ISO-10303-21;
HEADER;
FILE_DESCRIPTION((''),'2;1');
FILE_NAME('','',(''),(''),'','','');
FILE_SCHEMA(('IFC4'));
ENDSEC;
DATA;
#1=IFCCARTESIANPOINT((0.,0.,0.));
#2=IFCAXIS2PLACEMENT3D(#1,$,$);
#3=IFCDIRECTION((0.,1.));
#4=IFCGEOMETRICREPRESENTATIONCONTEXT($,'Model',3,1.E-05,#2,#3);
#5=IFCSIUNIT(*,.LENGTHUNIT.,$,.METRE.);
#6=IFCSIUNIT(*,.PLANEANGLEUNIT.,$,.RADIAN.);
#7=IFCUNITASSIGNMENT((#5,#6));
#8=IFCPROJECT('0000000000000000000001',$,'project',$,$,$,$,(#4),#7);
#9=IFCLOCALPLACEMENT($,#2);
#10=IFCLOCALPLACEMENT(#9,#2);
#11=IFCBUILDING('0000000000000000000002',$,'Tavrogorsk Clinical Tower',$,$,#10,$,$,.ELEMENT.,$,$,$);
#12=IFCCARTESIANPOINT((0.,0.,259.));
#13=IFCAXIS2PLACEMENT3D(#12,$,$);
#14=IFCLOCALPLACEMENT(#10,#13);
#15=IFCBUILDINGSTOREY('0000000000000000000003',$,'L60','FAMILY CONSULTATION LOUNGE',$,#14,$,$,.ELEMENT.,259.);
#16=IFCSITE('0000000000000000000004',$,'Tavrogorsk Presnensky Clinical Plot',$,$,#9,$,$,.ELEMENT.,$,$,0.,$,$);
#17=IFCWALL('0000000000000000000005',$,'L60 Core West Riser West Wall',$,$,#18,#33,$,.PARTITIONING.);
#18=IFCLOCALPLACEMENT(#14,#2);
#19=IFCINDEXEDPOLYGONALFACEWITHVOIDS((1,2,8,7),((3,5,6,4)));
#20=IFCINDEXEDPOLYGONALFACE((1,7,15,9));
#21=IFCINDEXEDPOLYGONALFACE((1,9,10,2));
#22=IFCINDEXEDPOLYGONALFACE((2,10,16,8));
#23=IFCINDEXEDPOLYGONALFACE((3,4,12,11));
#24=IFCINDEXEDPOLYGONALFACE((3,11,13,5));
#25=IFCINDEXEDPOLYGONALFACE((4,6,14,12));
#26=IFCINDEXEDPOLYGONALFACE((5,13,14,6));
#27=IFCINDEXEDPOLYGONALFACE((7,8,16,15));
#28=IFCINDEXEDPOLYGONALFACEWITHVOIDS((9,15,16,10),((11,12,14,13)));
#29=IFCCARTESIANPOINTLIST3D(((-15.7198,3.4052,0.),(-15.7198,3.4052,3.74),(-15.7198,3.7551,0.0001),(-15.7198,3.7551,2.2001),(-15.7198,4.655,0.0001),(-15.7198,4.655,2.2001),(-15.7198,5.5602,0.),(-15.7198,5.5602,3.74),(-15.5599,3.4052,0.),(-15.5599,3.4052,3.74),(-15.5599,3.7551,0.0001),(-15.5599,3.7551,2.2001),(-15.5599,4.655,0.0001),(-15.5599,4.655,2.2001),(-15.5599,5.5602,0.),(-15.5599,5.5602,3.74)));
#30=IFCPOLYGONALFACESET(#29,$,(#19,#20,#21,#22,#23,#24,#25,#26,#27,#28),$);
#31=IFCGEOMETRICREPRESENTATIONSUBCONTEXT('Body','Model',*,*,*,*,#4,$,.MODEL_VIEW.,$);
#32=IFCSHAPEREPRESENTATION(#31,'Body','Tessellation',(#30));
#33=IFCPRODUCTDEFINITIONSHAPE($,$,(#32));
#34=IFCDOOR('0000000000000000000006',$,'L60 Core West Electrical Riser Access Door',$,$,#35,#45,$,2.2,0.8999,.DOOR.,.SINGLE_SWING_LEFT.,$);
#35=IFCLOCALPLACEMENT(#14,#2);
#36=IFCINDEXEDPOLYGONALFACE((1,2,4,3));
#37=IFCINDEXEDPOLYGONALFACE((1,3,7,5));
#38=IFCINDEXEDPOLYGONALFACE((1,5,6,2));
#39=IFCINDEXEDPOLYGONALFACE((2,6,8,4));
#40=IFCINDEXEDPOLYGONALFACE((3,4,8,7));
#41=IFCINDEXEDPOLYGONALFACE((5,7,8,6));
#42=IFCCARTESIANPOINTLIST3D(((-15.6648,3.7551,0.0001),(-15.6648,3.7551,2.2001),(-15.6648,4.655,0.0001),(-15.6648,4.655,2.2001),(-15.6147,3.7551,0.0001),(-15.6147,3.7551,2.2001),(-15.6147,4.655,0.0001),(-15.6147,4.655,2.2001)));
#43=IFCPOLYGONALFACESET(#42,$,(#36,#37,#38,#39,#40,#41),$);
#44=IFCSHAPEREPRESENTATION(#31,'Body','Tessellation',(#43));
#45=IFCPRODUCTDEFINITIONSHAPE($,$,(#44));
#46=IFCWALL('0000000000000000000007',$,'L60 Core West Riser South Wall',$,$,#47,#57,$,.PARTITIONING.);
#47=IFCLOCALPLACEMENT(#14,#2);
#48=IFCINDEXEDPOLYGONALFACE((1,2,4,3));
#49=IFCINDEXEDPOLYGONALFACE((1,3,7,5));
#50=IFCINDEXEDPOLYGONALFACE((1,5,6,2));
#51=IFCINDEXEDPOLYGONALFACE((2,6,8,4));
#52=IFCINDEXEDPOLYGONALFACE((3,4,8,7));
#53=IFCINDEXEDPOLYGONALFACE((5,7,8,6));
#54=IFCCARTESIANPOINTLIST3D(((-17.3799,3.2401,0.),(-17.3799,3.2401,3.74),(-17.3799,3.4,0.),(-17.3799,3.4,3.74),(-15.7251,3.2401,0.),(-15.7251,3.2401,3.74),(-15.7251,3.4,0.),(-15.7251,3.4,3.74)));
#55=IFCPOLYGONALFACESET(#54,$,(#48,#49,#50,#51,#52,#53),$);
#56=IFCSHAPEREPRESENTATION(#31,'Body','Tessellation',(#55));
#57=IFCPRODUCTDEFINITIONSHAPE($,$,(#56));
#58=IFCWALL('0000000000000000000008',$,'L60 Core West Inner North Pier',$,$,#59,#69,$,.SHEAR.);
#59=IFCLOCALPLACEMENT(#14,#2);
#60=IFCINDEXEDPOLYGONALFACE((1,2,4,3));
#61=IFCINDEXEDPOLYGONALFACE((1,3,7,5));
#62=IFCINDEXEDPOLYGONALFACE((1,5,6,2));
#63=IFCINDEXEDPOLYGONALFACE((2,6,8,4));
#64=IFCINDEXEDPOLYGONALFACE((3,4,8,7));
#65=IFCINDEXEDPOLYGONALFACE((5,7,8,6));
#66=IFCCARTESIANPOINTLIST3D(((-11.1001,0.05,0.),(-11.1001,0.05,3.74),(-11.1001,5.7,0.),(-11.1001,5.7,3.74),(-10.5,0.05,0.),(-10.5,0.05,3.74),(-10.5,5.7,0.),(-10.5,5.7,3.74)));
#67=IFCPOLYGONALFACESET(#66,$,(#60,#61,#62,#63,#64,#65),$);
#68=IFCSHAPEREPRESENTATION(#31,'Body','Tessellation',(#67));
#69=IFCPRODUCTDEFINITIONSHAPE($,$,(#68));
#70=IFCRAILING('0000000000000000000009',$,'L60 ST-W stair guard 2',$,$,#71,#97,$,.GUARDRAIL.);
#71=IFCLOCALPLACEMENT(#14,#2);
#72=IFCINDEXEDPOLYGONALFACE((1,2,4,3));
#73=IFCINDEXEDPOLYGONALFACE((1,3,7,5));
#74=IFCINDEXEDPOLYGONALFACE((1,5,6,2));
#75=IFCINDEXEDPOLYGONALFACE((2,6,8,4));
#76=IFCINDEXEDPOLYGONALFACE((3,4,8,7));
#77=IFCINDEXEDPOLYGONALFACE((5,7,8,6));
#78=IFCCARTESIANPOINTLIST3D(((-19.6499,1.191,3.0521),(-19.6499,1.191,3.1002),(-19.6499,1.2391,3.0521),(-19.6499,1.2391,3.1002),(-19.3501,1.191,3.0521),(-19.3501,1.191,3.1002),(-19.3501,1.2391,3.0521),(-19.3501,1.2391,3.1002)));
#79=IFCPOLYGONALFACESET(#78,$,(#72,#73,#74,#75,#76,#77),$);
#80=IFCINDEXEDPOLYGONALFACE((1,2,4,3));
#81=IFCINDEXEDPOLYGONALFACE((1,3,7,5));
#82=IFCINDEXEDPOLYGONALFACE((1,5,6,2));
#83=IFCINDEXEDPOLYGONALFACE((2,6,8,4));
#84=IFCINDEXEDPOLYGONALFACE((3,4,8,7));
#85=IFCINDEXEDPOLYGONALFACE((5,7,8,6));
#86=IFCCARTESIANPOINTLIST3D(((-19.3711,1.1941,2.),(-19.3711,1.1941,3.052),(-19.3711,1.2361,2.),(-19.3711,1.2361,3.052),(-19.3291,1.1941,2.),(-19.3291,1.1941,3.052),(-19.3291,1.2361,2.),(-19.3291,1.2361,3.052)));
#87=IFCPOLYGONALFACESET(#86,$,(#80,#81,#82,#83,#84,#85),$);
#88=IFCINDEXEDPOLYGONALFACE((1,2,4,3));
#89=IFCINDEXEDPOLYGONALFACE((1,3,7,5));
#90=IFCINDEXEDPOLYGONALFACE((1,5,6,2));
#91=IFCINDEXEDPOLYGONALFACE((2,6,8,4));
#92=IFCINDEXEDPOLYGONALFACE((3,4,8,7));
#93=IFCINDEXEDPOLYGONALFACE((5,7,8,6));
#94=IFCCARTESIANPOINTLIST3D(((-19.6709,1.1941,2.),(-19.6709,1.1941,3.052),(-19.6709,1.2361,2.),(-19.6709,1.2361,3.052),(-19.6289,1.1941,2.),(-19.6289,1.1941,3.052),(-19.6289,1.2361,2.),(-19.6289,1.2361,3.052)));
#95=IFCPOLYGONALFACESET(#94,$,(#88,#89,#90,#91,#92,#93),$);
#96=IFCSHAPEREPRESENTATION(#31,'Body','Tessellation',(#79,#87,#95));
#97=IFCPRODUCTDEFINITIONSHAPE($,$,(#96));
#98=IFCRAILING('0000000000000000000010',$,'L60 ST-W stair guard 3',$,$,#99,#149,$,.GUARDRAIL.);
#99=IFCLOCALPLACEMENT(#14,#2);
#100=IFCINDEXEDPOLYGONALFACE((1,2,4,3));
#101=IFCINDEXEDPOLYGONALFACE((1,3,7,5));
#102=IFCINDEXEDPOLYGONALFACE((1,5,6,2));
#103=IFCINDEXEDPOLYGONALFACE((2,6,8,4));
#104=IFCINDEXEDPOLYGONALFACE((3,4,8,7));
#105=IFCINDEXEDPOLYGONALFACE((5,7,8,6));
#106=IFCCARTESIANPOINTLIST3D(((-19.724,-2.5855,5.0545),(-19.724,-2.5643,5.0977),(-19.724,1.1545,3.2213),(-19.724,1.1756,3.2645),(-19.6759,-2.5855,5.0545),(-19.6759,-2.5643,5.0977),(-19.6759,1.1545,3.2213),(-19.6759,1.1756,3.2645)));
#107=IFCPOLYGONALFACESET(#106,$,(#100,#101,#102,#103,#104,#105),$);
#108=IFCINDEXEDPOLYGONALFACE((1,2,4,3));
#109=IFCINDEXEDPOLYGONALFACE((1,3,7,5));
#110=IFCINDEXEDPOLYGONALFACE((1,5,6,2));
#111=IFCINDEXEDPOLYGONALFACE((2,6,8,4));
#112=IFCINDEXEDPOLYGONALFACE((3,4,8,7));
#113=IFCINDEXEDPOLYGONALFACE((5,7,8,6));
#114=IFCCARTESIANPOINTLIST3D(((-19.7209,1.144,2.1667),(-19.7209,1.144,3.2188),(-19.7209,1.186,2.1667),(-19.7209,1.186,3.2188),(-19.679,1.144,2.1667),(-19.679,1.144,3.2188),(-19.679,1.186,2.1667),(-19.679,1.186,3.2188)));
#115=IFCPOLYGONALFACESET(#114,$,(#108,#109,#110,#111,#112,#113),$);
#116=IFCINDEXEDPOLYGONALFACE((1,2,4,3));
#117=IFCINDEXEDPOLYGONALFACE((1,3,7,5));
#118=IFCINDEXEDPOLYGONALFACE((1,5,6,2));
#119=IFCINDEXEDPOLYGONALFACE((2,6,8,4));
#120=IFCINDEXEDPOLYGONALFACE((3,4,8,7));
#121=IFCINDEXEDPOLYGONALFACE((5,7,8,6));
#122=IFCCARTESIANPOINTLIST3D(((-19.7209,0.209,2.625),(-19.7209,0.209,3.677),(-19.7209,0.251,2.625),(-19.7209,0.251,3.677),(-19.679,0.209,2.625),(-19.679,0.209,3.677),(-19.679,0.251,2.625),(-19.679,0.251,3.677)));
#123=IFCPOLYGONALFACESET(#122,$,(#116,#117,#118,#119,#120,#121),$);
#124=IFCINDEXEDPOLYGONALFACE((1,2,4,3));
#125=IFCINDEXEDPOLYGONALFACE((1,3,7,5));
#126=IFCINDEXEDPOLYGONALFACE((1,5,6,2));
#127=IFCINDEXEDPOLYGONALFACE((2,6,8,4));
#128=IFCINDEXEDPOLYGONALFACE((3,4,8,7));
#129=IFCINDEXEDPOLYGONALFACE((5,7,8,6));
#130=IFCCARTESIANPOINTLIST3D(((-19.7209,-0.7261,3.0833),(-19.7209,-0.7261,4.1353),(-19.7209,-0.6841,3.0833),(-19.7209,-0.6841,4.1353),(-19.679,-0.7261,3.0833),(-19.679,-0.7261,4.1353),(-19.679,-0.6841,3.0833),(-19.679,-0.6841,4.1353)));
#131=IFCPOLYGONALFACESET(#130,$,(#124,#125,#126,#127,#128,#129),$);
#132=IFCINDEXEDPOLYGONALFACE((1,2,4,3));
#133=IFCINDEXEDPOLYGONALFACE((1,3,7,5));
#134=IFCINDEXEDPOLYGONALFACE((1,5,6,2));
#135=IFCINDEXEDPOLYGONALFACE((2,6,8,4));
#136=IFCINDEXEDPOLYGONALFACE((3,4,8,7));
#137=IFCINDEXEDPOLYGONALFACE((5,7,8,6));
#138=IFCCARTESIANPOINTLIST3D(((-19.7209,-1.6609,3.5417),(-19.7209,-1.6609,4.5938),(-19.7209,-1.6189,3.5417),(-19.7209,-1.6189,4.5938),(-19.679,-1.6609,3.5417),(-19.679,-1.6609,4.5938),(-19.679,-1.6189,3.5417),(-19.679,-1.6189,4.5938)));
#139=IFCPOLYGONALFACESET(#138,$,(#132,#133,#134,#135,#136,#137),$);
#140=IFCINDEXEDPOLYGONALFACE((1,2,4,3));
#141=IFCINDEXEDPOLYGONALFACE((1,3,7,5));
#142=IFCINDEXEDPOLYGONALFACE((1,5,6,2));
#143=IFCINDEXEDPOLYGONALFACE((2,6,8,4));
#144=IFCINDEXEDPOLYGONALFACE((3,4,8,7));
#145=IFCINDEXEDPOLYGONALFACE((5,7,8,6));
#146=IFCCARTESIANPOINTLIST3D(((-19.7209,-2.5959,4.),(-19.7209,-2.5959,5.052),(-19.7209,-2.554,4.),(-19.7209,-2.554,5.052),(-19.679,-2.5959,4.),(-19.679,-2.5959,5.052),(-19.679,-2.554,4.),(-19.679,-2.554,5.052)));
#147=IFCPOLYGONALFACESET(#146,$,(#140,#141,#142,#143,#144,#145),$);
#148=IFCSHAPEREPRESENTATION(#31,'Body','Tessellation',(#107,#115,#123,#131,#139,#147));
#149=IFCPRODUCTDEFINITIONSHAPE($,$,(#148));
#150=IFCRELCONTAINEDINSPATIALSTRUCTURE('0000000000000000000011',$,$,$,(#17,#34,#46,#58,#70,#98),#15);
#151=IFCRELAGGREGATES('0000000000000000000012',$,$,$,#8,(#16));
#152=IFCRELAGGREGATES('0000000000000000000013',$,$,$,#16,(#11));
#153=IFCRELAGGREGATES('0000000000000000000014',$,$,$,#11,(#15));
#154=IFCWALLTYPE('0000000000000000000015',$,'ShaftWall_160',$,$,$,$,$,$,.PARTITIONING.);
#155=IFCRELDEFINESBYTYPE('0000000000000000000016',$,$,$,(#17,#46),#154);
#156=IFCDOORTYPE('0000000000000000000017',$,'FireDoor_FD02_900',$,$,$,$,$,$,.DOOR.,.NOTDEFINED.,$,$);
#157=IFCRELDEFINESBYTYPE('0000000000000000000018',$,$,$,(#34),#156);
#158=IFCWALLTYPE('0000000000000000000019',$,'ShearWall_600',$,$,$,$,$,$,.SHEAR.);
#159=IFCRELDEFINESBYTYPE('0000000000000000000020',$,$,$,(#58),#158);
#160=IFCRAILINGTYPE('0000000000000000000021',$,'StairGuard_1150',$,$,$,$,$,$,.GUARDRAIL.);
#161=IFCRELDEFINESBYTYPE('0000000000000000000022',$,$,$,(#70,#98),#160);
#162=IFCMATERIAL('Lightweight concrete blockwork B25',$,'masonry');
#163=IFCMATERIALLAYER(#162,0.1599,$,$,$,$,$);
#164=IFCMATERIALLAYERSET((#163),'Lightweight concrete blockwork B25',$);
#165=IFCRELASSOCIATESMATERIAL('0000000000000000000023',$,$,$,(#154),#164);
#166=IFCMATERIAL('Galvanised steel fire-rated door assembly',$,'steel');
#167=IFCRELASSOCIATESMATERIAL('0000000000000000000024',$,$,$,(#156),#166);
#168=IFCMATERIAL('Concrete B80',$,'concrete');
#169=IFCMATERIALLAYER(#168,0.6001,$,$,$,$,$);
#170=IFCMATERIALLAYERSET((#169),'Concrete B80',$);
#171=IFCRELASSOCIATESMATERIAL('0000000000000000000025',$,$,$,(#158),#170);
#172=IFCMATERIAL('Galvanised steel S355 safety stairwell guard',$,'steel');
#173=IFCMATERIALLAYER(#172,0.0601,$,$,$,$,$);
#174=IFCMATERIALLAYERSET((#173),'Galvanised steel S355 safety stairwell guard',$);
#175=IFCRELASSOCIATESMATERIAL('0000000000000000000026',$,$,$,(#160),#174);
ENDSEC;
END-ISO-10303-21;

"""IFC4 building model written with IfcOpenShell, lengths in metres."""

from ifc_helpers import new_model, si_unit, direction, frame, frame_2d, origin, origin_2d, place, context, subcontext, project, spatial, rectangle, extrude, material, layer, layer_set, type_object, element, fill, save


model = new_model("IFC4")

# Units and contexts
model_context = context("Model", 3, precision=1e-05, world=origin(), true_north=direction((0.0, 1.0)))
body_context = subcontext(model_context, "Body", "Model", "MODEL_VIEW")
ifc_project = project(units=[si_unit("LENGTHUNIT", "METRE"), si_unit("PLANEANGLEUNIT", "RADIAN")], contexts=[model_context])

# Site, building, storey
site_placement = place(None, origin())
site = spatial("IfcSite", under=ifc_project, at=site_placement, Name="Tavrogorsk Presnensky Clinical Plot", CompositionType="ELEMENT", RefElevation=0.0)
building_placement = place(site_placement, origin())
building = spatial("IfcBuilding", under=site, at=building_placement, Name="Tavrogorsk Clinical Tower", CompositionType="ELEMENT")
storey_placement = place(building_placement, frame((0.0, 0.0, 259.0)))
storey = spatial("IfcBuildingStorey", under=building, at=storey_placement, Name="L60", Description="FAMILY CONSULTATION LOUNGE", CompositionType="ELEMENT", Elevation=259.0)

# Shared definitions
ifc_material_1 = material(Name="Lightweight concrete blockwork B25", Category="masonry")
ifc_layer_1 = layer(ifc_material_1, 0.1599)
ifc_layer_set_1 = layer_set([ifc_layer_1], Name="Lightweight concrete blockwork B25")
wall_type_1 = type_object("IfcWallType", Name="ShaftWall_160", PredefinedType="PARTITIONING", material=ifc_layer_set_1)

# Wall, opening, door
wall_1_placement = place(storey_placement, frame((-15.6399, 3.405, 0.0), z_axis=(0.0, 0.0, 1.0), x_axis=(0.0, 1.0, 0.0)))
wall_1 = element("IfcWall", 1, at=wall_1_placement, inside=storey, type_object=wall_type_1, Name="L60 Core West Riser West Wall", PredefinedType="PARTITIONING", context=body_context, shape_type="SweptSolid", body=[
    extrude(rectangle(XDim=2.155, YDim=0.1599, at=frame_2d((1.0776, 0.0))), origin(), (0.0, 0.0, 1.0), 3.74),
])
opening_1_placement = place(wall_1_placement, frame((0.3501, 0.0, 0.0)))
opening_1 = element("IfcOpeningElement", 2, at=opening_1_placement, cuts=wall_1, PredefinedType="OPENING", context=body_context, shape_type="SweptSolid", body=[
    extrude(rectangle(XDim=0.8999, YDim=2.2, at=frame_2d((0.45, 1.1001))), frame((0.0, 0.0898, 0.0), z_axis=(0.0, -1.0, 0.0), x_axis=(1.0, 0.0, 0.0)), (0.0, 0.0, 1.0), 0.1799),
])
ifc_material_2 = material(Name="Galvanised steel fire-rated door assembly", Category="steel")
door_type_1 = type_object("IfcDoorType", Name="FireDoor_FD02_900", OperationType="NOTDEFINED", PredefinedType="DOOR", material=ifc_material_2)
door_1_placement = place(opening_1_placement, origin())
door_1 = element("IfcDoor", 3, at=door_1_placement, inside=storey, type_object=door_type_1, Name="L60 Core West Electrical Riser Access Door", OperationType="SINGLE_SWING_LEFT", OverallHeight=2.2, OverallWidth=0.8999, PredefinedType="DOOR", context=body_context, shape_type="SweptSolid", body=[
    extrude(rectangle(XDim=0.8999, YDim=2.2, at=frame_2d((0.45, 1.1001))), frame((0.0, 0.0249, 0.0), z_axis=(0.0, -1.0, 0.0), x_axis=(1.0, 0.0, 0.0)), (0.0, 0.0, 1.0), 0.05),
])
fill(opening_1, door_1)

# Walls
wall_2_placement = place(storey_placement, frame((-17.3799, 3.3201, 0.0), z_axis=(0.0, 0.0, 1.0), x_axis=(1.0, 0.0, 0.0)))
element("IfcWall", 4, at=wall_2_placement, inside=storey, type_object=wall_type_1, Name="L60 Core West Riser South Wall", PredefinedType="PARTITIONING", context=body_context, shape_type="SweptSolid", body=[
    extrude(rectangle(XDim=1.6548, YDim=0.1599, at=frame_2d((0.8274, 0.0))), origin(), (0.0, 0.0, 1.0), 3.74),
])
ifc_material_3 = material(Name="Concrete B80", Category="concrete")
ifc_layer_2 = layer(ifc_material_3, 0.6001)
ifc_layer_set_2 = layer_set([ifc_layer_2], Name="Concrete B80")
wall_type_2 = type_object("IfcWallType", Name="ShearWall_600", PredefinedType="SHEAR", material=ifc_layer_set_2)
wall_3_placement = place(storey_placement, frame((-10.8, 0.05, 0.0), z_axis=(0.0, 0.0, 1.0), x_axis=(0.0, 1.0, 0.0)))
element("IfcWall", 5, at=wall_3_placement, inside=storey, type_object=wall_type_2, Name="L60 Core West Inner North Pier", PredefinedType="SHEAR", context=body_context, shape_type="SweptSolid", body=[
    extrude(rectangle(XDim=5.6499, YDim=0.6001, at=frame_2d((2.825, 0.0))), origin(), (0.0, 0.0, 1.0), 3.74),
])

# Railings
ifc_material_4 = material(Name="Galvanised steel S355 safety stairwell guard", Category="steel")
ifc_layer_3 = layer(ifc_material_4, 0.0601)
ifc_layer_set_3 = layer_set([ifc_layer_3], Name="Galvanised steel S355 safety stairwell guard")
railing_type = type_object("IfcRailingType", Name="StairGuard_1150", PredefinedType="GUARDRAIL", material=ifc_layer_set_3)
railing_1_placement = place(storey_placement, frame((-19.3501, 1.2151, 2.0)))
element("IfcRailing", 6, at=railing_1_placement, inside=storey, type_object=railing_type, Name="L60 ST-W stair guard 2", PredefinedType="GUARDRAIL", context=body_context, shape_type="SweptSolid", body=[
    extrude(rectangle(XDim=0.0481, YDim=0.0481, at=origin_2d()), frame((0.0, 0.0, 1.0762), z_axis=(-1.0, 0.0, 0.0), x_axis=(0.0, -1.0, 0.0)), (0.0, 0.0, 1.0), 0.2998),
    extrude(rectangle(XDim=0.042, YDim=0.042, at=origin_2d()), origin(), (0.0, 0.0, 1.0), 1.052),
    extrude(rectangle(XDim=0.042, YDim=0.042, at=origin_2d()), frame((-0.2998, 0.0, 0.0)), (0.0, 0.0, 1.0), 1.052),
])
railing_2_placement = place(storey_placement, frame((-19.7, 1.165, 2.1667)))
element("IfcRailing", 7, at=railing_2_placement, inside=storey, type_object=railing_type, Name="L60 ST-W stair guard 3", PredefinedType="GUARDRAIL", context=body_context, shape_type="SweptSolid", body=[
    extrude(rectangle(XDim=0.0481, YDim=0.0481, at=origin_2d()), frame((0.0, 0.0, 1.0762), z_axis=(0.0, -0.897928, 0.440142), x_axis=(1.0, 0.0, 0.0)), (0.0, 0.0, 1.0), 4.165),
    extrude(rectangle(XDim=0.042, YDim=0.042, at=origin_2d()), origin(), (0.0, 0.0, 1.0), 1.052),
    extrude(rectangle(XDim=0.042, YDim=0.042, at=origin_2d()), frame((0.0, -0.9351, 0.4583)), (0.0, 0.0, 1.0), 1.052),
    extrude(rectangle(XDim=0.042, YDim=0.042, at=origin_2d()), frame((0.0, -1.8701, 0.9165)), (0.0, 0.0, 1.0), 1.052),
    extrude(rectangle(XDim=0.042, YDim=0.042, at=origin_2d()), frame((0.0, -2.8049, 1.375)), (0.0, 0.0, 1.0), 1.052),
    extrude(rectangle(XDim=0.042, YDim=0.042, at=origin_2d()), frame((0.0, -3.74, 1.8333)), (0.0, 0.0, 1.0), 1.052),
])

save(model, "model.ifc")
